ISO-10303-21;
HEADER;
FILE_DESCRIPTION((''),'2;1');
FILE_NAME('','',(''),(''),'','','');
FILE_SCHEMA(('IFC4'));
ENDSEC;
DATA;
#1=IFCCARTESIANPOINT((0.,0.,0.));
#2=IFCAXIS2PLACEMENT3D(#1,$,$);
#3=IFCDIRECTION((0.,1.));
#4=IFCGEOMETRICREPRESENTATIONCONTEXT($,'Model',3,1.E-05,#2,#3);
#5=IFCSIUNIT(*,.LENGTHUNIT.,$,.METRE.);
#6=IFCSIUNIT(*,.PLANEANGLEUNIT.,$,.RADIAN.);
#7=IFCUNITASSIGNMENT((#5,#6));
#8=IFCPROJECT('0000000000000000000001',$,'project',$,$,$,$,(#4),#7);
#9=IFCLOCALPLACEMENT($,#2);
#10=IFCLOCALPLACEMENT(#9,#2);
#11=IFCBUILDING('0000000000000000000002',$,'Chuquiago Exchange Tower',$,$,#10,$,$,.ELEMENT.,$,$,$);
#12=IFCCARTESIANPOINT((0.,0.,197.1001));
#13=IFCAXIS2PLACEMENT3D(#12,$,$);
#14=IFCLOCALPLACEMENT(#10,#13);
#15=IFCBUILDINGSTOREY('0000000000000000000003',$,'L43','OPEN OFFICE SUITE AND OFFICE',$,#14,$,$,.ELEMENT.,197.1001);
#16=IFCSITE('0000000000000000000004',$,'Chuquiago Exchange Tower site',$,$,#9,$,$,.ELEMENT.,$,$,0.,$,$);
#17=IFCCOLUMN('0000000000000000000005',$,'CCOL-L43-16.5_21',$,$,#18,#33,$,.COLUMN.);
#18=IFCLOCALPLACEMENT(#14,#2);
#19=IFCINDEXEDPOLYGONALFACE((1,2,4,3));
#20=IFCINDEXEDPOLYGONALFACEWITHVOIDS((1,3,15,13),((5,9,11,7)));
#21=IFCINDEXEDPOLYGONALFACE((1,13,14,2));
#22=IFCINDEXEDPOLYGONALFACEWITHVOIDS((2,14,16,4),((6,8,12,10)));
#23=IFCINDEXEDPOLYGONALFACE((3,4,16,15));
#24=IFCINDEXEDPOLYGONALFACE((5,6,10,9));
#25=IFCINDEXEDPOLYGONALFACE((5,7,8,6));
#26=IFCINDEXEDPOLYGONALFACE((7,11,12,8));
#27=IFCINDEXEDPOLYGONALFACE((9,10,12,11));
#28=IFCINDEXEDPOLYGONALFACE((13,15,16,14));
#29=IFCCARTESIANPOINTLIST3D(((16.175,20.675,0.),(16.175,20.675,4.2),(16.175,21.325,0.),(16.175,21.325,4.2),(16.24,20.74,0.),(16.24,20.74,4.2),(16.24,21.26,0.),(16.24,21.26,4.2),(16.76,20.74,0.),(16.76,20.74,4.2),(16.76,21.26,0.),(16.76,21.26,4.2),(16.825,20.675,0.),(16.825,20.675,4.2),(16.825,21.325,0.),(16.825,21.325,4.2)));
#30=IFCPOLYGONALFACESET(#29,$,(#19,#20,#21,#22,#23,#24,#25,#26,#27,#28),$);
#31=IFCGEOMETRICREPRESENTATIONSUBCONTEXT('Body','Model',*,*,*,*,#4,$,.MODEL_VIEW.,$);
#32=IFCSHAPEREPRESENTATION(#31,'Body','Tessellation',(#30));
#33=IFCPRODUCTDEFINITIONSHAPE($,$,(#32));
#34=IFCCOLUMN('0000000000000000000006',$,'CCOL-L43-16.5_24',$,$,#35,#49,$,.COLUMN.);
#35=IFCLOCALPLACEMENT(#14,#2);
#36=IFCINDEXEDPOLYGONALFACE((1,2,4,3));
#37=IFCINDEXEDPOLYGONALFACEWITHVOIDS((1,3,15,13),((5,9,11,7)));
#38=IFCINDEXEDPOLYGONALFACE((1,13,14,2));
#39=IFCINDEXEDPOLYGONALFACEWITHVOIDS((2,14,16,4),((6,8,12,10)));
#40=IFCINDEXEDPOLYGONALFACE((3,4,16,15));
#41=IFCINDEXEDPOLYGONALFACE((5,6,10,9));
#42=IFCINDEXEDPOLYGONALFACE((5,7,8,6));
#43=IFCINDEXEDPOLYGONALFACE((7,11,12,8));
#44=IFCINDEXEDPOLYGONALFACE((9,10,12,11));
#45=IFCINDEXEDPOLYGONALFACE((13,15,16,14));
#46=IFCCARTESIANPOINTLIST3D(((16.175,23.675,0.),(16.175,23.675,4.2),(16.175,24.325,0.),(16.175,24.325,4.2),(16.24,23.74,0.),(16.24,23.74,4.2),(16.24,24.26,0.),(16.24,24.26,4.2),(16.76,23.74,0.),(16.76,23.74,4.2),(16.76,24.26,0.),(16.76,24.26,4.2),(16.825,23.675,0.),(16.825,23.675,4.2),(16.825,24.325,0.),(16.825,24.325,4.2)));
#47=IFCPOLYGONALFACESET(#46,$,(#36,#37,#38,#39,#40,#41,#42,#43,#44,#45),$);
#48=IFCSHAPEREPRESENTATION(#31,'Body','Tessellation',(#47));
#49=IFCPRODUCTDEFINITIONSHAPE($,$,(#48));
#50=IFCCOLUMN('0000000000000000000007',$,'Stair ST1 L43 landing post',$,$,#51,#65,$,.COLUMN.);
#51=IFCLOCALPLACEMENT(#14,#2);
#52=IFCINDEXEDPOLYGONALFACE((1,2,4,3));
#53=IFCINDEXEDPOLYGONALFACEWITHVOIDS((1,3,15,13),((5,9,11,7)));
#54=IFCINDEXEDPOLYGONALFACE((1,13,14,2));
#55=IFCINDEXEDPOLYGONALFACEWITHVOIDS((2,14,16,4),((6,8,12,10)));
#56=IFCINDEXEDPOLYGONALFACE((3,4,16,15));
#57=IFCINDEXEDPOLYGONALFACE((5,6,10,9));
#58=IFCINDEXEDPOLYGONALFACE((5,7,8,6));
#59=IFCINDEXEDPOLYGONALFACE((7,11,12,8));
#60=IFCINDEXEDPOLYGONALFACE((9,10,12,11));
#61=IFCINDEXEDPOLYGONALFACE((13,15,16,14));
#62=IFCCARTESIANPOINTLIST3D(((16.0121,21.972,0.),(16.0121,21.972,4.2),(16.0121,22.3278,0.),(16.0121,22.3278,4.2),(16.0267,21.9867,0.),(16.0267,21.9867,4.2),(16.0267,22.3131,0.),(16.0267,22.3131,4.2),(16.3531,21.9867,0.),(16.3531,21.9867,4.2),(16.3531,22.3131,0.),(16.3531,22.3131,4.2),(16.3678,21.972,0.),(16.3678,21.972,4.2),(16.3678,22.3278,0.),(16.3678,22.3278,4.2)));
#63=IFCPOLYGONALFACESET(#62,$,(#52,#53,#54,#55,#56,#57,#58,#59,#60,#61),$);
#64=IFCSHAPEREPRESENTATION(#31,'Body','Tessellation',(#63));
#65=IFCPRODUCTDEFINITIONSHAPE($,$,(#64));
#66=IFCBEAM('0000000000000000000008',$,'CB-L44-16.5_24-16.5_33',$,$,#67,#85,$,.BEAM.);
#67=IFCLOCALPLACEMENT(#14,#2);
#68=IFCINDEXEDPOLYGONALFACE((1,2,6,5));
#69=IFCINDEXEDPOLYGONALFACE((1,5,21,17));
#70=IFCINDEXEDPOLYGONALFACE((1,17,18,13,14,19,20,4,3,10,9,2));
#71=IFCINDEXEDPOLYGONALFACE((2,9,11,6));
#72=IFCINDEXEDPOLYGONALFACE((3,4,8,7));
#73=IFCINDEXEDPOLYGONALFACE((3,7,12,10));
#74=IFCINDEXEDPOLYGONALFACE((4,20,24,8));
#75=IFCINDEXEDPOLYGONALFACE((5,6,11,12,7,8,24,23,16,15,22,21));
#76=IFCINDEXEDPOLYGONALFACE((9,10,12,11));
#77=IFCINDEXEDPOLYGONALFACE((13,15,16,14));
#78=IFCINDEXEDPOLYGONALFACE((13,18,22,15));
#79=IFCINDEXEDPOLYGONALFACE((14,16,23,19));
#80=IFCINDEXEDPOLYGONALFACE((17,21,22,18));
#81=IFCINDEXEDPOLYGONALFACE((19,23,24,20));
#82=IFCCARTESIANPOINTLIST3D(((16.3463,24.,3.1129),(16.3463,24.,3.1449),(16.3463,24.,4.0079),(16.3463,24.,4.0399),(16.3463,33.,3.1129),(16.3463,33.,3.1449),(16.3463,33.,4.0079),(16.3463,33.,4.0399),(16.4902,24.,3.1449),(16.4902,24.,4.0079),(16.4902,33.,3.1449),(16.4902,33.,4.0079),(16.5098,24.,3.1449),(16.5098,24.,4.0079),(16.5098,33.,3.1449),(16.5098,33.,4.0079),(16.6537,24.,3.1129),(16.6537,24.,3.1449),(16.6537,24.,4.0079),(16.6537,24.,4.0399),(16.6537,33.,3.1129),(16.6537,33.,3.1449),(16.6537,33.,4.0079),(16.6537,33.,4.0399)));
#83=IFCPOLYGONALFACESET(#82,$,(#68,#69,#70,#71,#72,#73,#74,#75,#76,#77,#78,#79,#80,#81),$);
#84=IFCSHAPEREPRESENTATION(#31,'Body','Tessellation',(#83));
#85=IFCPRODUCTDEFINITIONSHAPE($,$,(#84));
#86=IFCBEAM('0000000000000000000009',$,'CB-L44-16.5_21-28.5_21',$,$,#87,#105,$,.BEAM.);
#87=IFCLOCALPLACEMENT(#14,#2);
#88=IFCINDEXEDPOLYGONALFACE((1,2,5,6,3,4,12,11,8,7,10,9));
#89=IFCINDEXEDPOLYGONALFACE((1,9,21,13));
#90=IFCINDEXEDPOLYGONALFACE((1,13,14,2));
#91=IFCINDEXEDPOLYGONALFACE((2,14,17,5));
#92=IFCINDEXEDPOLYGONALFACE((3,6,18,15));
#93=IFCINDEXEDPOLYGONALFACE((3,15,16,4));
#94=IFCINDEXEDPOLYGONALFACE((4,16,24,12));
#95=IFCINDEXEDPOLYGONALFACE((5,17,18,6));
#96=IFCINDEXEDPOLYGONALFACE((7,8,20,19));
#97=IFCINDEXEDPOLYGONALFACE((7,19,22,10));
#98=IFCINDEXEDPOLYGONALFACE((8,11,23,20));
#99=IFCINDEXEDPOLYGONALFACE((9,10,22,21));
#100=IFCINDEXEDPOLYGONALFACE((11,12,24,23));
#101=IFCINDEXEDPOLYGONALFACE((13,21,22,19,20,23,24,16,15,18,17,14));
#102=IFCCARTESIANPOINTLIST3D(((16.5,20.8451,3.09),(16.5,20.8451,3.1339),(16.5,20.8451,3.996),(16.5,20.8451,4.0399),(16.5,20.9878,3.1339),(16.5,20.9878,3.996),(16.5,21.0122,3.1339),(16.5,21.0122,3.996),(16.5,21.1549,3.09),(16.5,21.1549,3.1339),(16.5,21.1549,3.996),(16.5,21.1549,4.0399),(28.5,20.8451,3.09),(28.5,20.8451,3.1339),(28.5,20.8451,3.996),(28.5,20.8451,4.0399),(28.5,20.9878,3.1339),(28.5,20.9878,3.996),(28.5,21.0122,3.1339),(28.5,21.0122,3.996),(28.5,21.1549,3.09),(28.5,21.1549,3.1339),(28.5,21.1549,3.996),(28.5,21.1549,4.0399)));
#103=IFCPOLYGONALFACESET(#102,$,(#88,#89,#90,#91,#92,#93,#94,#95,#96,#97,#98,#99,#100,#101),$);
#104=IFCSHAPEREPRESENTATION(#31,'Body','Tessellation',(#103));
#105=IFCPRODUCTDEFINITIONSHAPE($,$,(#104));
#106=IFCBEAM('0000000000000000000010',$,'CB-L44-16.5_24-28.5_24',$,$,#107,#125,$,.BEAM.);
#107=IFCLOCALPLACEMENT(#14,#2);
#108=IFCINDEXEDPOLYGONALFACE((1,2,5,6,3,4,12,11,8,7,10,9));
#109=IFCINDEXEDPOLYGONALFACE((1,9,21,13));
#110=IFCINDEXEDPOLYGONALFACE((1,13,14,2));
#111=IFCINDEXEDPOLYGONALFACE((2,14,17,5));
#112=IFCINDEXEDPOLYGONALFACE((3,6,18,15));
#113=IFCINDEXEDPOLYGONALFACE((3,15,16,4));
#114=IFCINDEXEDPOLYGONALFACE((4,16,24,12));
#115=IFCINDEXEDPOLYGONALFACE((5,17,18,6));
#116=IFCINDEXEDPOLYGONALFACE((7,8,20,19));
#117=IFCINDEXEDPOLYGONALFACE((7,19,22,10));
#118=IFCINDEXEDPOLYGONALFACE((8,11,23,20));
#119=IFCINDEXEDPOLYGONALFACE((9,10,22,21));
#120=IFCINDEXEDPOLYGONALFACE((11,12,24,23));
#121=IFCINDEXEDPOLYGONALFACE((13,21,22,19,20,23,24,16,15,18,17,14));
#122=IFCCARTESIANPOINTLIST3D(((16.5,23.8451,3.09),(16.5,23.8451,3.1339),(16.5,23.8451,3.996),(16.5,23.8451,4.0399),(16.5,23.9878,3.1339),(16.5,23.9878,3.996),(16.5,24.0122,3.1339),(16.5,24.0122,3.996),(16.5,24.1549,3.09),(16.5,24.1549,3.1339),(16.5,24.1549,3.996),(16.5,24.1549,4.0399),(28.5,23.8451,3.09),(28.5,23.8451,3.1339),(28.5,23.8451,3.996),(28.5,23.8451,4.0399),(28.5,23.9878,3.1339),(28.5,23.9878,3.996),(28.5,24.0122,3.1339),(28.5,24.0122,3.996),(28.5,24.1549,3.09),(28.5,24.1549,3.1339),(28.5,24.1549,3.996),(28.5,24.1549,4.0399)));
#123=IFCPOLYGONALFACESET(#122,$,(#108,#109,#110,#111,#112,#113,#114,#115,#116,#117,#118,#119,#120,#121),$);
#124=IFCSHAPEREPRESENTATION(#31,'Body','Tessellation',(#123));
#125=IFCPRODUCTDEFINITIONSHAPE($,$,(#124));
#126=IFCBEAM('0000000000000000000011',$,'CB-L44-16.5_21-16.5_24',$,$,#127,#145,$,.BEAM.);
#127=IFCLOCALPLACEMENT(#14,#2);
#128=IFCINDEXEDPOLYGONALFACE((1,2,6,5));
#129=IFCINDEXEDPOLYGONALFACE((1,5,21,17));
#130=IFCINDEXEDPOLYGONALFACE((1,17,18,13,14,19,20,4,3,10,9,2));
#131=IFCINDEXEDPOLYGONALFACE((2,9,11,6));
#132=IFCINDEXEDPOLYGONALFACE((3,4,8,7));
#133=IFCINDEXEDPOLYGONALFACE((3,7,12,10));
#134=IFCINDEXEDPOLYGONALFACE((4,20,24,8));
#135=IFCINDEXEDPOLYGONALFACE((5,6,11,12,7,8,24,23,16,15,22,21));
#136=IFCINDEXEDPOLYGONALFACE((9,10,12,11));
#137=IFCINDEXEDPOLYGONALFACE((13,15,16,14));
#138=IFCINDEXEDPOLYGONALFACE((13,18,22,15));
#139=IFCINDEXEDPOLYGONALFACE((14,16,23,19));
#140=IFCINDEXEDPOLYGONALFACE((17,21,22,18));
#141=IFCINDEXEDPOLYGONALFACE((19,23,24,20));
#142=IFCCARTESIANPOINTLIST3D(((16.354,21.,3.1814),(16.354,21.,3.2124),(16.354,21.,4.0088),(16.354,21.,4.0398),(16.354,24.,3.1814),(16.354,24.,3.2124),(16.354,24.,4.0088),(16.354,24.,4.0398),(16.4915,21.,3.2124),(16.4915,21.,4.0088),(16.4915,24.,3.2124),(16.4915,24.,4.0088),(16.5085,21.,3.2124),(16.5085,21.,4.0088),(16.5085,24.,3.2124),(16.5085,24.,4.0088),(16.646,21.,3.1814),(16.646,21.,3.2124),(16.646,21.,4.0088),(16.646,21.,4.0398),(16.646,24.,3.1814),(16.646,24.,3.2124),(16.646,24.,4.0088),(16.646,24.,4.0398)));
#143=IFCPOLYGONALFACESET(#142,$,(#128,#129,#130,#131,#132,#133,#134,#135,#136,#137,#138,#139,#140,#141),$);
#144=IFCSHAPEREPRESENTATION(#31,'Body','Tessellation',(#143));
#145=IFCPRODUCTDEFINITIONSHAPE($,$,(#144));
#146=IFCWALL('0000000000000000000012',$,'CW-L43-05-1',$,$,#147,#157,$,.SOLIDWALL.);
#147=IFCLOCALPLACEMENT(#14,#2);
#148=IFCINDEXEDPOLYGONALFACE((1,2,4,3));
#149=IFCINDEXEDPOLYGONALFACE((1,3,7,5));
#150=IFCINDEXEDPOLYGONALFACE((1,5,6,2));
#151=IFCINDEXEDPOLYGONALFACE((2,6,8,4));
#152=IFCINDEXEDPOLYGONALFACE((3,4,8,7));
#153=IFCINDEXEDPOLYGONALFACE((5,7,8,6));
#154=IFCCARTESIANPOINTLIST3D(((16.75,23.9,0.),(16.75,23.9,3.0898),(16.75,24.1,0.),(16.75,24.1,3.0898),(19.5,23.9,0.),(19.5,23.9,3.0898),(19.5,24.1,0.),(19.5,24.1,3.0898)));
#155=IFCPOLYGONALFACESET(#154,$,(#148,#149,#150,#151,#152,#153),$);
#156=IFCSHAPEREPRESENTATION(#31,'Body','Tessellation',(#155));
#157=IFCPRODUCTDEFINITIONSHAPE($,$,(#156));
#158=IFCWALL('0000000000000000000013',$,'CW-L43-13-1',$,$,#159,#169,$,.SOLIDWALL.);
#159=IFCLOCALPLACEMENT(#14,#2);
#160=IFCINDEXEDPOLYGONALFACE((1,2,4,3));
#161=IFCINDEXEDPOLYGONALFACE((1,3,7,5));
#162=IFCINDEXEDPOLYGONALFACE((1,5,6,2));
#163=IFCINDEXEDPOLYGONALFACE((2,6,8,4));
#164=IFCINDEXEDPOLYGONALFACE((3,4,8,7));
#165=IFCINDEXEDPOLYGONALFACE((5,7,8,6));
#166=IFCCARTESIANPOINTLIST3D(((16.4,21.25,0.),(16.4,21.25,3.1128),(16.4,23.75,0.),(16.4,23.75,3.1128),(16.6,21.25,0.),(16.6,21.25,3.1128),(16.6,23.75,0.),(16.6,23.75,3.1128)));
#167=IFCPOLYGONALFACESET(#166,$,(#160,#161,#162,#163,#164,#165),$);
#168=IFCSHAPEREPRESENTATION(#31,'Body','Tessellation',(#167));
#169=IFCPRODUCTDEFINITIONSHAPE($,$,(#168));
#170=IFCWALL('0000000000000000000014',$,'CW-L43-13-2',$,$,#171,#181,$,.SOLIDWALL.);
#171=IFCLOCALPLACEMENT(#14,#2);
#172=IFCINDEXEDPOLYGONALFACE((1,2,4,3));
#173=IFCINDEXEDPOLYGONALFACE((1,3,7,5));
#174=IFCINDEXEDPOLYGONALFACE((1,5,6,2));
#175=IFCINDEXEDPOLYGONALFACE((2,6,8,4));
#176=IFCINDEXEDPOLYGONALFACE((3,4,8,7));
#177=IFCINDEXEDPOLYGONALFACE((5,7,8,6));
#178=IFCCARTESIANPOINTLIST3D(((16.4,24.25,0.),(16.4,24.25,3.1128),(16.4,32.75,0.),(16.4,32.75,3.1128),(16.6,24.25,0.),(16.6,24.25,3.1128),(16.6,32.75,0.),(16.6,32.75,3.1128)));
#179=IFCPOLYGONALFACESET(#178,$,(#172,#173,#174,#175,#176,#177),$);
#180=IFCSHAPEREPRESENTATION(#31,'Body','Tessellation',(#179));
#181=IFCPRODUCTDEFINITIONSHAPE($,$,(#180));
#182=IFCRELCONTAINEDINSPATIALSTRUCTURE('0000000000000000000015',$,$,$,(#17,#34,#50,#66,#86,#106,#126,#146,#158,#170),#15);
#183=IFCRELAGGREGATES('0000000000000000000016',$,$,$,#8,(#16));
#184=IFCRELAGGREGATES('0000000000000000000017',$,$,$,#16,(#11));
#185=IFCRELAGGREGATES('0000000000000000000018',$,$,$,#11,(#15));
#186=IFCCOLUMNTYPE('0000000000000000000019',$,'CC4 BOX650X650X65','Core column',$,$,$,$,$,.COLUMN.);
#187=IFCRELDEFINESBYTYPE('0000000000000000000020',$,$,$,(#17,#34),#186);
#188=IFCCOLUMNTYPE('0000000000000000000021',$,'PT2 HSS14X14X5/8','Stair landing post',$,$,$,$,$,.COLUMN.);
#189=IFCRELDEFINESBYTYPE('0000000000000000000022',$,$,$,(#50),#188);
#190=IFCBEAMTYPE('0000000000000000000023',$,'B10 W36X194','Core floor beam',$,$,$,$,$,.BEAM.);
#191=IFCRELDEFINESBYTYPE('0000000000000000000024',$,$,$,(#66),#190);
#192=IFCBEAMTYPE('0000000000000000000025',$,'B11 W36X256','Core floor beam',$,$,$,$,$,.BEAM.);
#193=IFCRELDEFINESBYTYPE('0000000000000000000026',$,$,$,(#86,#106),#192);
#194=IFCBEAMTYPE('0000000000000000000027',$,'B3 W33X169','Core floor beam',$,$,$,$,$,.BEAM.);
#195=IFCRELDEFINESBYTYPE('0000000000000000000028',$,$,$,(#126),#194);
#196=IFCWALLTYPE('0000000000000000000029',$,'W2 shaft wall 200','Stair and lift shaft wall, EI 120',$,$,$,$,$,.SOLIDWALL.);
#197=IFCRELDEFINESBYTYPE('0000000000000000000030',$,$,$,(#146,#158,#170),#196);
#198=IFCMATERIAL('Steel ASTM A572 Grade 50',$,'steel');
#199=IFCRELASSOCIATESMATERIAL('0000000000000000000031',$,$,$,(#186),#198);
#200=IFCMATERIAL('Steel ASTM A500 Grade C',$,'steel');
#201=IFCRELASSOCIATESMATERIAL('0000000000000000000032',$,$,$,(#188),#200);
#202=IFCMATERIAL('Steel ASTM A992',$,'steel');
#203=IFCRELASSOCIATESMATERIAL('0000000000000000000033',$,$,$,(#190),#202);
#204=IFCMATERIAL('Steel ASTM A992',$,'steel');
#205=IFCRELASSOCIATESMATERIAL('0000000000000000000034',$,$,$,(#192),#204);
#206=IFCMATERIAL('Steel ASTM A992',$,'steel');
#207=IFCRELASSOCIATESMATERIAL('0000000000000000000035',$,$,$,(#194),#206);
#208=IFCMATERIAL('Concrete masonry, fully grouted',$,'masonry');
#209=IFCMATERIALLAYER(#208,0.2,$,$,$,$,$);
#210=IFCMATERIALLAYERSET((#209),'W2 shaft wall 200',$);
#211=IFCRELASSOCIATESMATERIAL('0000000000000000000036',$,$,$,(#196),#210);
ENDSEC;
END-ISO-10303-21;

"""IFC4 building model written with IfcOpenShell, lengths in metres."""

from ifc_helpers import new_model, si_unit, direction, frame, frame_2d, origin, origin_2d, place, context, subcontext, project, spatial, rectangle, hollow_rectangle, i_section, extrude, material, layer, layer_set, material_profile, profile_set, type_object, element, save


model = new_model("IFC4")

# Units and contexts
model_context = context("Model", 3, precision=1e-05, world=origin(), true_north=direction((0.0, 1.0)))
body_context = subcontext(model_context, "Body", "Model", "MODEL_VIEW")
ifc_project = project(units=[si_unit("LENGTHUNIT", "METRE"), si_unit("PLANEANGLEUNIT", "RADIAN")], contexts=[model_context])

# Site, building, storey
site_placement = place(None, origin())
site = spatial("IfcSite", under=ifc_project, at=site_placement, Name="Chuquiago Exchange Tower site", CompositionType="ELEMENT", RefElevation=0.0)
building_placement = place(site_placement, origin())
building = spatial("IfcBuilding", under=site, at=building_placement, Name="Chuquiago Exchange Tower", CompositionType="ELEMENT")
storey_placement = place(building_placement, frame((0.0, 0.0, 197.1001)))
storey = spatial("IfcBuildingStorey", under=building, at=storey_placement, Name="L43", Description="OPEN OFFICE SUITE AND OFFICE", CompositionType="ELEMENT", Elevation=197.1001)

# Columns
ifc_material_1 = material(Name="Steel ASTM A572 Grade 50", Category="steel")
ifc_material_profile_1 = material_profile(ifc_material_1, hollow_rectangle(XDim=0.6499, YDim=0.6499, WallThickness=0.0649, at=origin_2d()), Name="BOX650X650X65")
ifc_profile_set_1 = profile_set([ifc_material_profile_1], Name="Steel ASTM A572 Grade 50")
column_type_1 = type_object("IfcColumnType", Name="CC4 BOX650X650X65", Description="Core column", PredefinedType="COLUMN", material=ifc_profile_set_1)
for number, where, z_axis, x_axis, name in (
    (1, (16.5, 21.0, 0.0), (0.0, 0.0, 1.0), (1.0, 0.0, 0.0), "CCOL-L43-16.5_21"),
    (2, (16.5, 24.0, 0.0), (0.0, 0.0, 1.0), (1.0, 0.0, 0.0), "CCOL-L43-16.5_24"),
):
    element("IfcColumn", number, at=place(storey_placement, frame(where, z_axis=z_axis, x_axis=x_axis)), inside=storey, type_object=column_type_1, Name=name, PredefinedType="COLUMN", context=body_context, shape_type="SweptSolid", body=[
        extrude(hollow_rectangle(XDim=0.6499, YDim=0.6499, WallThickness=0.0649, at=origin_2d()), origin(), (0.0, 0.0, 1.0), 4.2),
    ])
ifc_material_2 = material(Name="Steel ASTM A500 Grade C", Category="steel")
ifc_material_profile_2 = material_profile(ifc_material_2, hollow_rectangle(XDim=0.3557, YDim=0.3557, WallThickness=0.0146, at=origin_2d()), Name="HSS14X14X5/8")
ifc_profile_set_2 = profile_set([ifc_material_profile_2], Name="Steel ASTM A500 Grade C")
column_type_2 = type_object("IfcColumnType", Name="PT2 HSS14X14X5/8", Description="Stair landing post", PredefinedType="COLUMN", material=ifc_profile_set_2)
column_placement = place(storey_placement, frame((16.1899, 22.1499, 0.0), z_axis=(0.0, 0.0, 1.0), x_axis=(1.0, 0.0, 0.0)))
element("IfcColumn", 3, at=column_placement, inside=storey, type_object=column_type_2, Name="Stair ST1 L43 landing post", PredefinedType="COLUMN", context=body_context, shape_type="SweptSolid", body=[
    extrude(hollow_rectangle(XDim=0.3557, YDim=0.3557, WallThickness=0.0146, at=origin_2d()), origin(), (0.0, 0.0, 1.0), 4.2),
])

# Beams
ifc_material_3 = material(Name="Steel ASTM A992", Category="steel")
ifc_material_profile_3 = material_profile(ifc_material_3, i_section(OverallWidth=0.3074, OverallDepth=0.927, WebThickness=0.0195, FlangeThickness=0.032, at=origin_2d()), Name="W36X194")
ifc_profile_set_3 = profile_set([ifc_material_profile_3], Name="Steel ASTM A992")
beam_type_1 = type_object("IfcBeamType", Name="B10 W36X194", Description="Core floor beam", PredefinedType="BEAM", material=ifc_profile_set_3)
beam_1_placement = place(storey_placement, frame((16.5, 24.0, 3.5764), z_axis=(0.0, 1.0, 0.0), x_axis=(-1.0, 0.0, 0.0)))
element("IfcBeam", 4, at=beam_1_placement, inside=storey, type_object=beam_type_1, Name="CB-L44-16.5_24-16.5_33", PredefinedType="BEAM", context=body_context, shape_type="SweptSolid", body=[
    extrude(i_section(OverallWidth=0.3074, OverallDepth=0.927, WebThickness=0.0195, FlangeThickness=0.032, at=origin_2d()), origin(), (0.0, 0.0, 1.0), 9.0),
])
ifc_material_4 = material(Name="Steel ASTM A992", Category="steel")
ifc_material_profile_4 = material_profile(ifc_material_4, i_section(OverallWidth=0.3098, OverallDepth=0.95, WebThickness=0.0244, FlangeThickness=0.0439, at=origin_2d()), Name="W36X256")
ifc_profile_set_4 = profile_set([ifc_material_profile_4], Name="Steel ASTM A992")
beam_type_2 = type_object("IfcBeamType", Name="B11 W36X256", Description="Core floor beam", PredefinedType="BEAM", material=ifc_profile_set_4)
for number, where, z_axis, x_axis, name in (
    (5, (16.5, 21.0, 3.5649), (1.0, 0.0, 0.0), (0.0, 1.0, 0.0), "CB-L44-16.5_21-28.5_21"),
    (6, (16.5, 24.0, 3.5649), (1.0, 0.0, 0.0), (0.0, 1.0, 0.0), "CB-L44-16.5_24-28.5_24"),
):
    element("IfcBeam", number, at=place(storey_placement, frame(where, z_axis=z_axis, x_axis=x_axis)), inside=storey, type_object=beam_type_2, Name=name, PredefinedType="BEAM", context=body_context, shape_type="SweptSolid", body=[
        extrude(i_section(OverallWidth=0.3098, OverallDepth=0.95, WebThickness=0.0244, FlangeThickness=0.0439, at=origin_2d()), origin(), (0.0, 0.0, 1.0), 12.0),
    ])
ifc_material_5 = material(Name="Steel ASTM A992", Category="steel")
ifc_material_profile_5 = material_profile(ifc_material_5, i_section(OverallWidth=0.292, OverallDepth=0.8584, WebThickness=0.0171, FlangeThickness=0.031, at=origin_2d()), Name="W33X169")
ifc_profile_set_5 = profile_set([ifc_material_profile_5], Name="Steel ASTM A992")
beam_type_3 = type_object("IfcBeamType", Name="B3 W33X169", Description="Core floor beam", PredefinedType="BEAM", material=ifc_profile_set_5)
beam_2_placement = place(storey_placement, frame((16.5, 21.0, 3.6106), z_axis=(0.0, 1.0, 0.0), x_axis=(-1.0, 0.0, 0.0)))
element("IfcBeam", 7, at=beam_2_placement, inside=storey, type_object=beam_type_3, Name="CB-L44-16.5_21-16.5_24", PredefinedType="BEAM", context=body_context, shape_type="SweptSolid", body=[
    extrude(i_section(OverallWidth=0.292, OverallDepth=0.8584, WebThickness=0.0171, FlangeThickness=0.031, at=origin_2d()), origin(), (0.0, 0.0, 1.0), 3.0),
])

# Walls
ifc_material_6 = material(Name="Concrete masonry, fully grouted", Category="masonry")
ifc_layer = layer(ifc_material_6, 0.2)
ifc_layer_set = layer_set([ifc_layer], Name="W2 shaft wall 200")
wall_type = type_object("IfcWallType", Name="W2 shaft wall 200", Description="Stair and lift shaft wall, EI 120", PredefinedType="SOLIDWALL", material=ifc_layer_set)
wall_1_placement = place(storey_placement, frame((16.75, 24.0, 0.0), z_axis=(0.0, 0.0, 1.0), x_axis=(1.0, 0.0, 0.0)))
element("IfcWall", 8, at=wall_1_placement, inside=storey, type_object=wall_type, Name="CW-L43-05-1", PredefinedType="SOLIDWALL", context=body_context, shape_type="SweptSolid", body=[
    extrude(rectangle(XDim=2.75, YDim=0.2, at=frame_2d((1.375, 0.0))), origin(), (0.0, 0.0, 1.0), 3.0898),
])
wall_2_placement = place(storey_placement, frame((16.5, 21.25, 0.0), z_axis=(0.0, 0.0, 1.0), x_axis=(0.0, 1.0, 0.0)))
element("IfcWall", 9, at=wall_2_placement, inside=storey, type_object=wall_type, Name="CW-L43-13-1", PredefinedType="SOLIDWALL", context=body_context, shape_type="SweptSolid", body=[
    extrude(rectangle(XDim=2.5, YDim=0.2, at=frame_2d((1.25, 0.0))), origin(), (0.0, 0.0, 1.0), 3.1128),
])
wall_3_placement = place(storey_placement, frame((16.5, 24.25, 0.0), z_axis=(0.0, 0.0, 1.0), x_axis=(0.0, 1.0, 0.0)))
element("IfcWall", 10, at=wall_3_placement, inside=storey, type_object=wall_type, Name="CW-L43-13-2", PredefinedType="SOLIDWALL", context=body_context, shape_type="SweptSolid", body=[
    extrude(rectangle(XDim=8.5, YDim=0.2, at=frame_2d((4.25, 0.0))), origin(), (0.0, 0.0, 1.0), 3.1128),
])

save(model, "model.ifc")
